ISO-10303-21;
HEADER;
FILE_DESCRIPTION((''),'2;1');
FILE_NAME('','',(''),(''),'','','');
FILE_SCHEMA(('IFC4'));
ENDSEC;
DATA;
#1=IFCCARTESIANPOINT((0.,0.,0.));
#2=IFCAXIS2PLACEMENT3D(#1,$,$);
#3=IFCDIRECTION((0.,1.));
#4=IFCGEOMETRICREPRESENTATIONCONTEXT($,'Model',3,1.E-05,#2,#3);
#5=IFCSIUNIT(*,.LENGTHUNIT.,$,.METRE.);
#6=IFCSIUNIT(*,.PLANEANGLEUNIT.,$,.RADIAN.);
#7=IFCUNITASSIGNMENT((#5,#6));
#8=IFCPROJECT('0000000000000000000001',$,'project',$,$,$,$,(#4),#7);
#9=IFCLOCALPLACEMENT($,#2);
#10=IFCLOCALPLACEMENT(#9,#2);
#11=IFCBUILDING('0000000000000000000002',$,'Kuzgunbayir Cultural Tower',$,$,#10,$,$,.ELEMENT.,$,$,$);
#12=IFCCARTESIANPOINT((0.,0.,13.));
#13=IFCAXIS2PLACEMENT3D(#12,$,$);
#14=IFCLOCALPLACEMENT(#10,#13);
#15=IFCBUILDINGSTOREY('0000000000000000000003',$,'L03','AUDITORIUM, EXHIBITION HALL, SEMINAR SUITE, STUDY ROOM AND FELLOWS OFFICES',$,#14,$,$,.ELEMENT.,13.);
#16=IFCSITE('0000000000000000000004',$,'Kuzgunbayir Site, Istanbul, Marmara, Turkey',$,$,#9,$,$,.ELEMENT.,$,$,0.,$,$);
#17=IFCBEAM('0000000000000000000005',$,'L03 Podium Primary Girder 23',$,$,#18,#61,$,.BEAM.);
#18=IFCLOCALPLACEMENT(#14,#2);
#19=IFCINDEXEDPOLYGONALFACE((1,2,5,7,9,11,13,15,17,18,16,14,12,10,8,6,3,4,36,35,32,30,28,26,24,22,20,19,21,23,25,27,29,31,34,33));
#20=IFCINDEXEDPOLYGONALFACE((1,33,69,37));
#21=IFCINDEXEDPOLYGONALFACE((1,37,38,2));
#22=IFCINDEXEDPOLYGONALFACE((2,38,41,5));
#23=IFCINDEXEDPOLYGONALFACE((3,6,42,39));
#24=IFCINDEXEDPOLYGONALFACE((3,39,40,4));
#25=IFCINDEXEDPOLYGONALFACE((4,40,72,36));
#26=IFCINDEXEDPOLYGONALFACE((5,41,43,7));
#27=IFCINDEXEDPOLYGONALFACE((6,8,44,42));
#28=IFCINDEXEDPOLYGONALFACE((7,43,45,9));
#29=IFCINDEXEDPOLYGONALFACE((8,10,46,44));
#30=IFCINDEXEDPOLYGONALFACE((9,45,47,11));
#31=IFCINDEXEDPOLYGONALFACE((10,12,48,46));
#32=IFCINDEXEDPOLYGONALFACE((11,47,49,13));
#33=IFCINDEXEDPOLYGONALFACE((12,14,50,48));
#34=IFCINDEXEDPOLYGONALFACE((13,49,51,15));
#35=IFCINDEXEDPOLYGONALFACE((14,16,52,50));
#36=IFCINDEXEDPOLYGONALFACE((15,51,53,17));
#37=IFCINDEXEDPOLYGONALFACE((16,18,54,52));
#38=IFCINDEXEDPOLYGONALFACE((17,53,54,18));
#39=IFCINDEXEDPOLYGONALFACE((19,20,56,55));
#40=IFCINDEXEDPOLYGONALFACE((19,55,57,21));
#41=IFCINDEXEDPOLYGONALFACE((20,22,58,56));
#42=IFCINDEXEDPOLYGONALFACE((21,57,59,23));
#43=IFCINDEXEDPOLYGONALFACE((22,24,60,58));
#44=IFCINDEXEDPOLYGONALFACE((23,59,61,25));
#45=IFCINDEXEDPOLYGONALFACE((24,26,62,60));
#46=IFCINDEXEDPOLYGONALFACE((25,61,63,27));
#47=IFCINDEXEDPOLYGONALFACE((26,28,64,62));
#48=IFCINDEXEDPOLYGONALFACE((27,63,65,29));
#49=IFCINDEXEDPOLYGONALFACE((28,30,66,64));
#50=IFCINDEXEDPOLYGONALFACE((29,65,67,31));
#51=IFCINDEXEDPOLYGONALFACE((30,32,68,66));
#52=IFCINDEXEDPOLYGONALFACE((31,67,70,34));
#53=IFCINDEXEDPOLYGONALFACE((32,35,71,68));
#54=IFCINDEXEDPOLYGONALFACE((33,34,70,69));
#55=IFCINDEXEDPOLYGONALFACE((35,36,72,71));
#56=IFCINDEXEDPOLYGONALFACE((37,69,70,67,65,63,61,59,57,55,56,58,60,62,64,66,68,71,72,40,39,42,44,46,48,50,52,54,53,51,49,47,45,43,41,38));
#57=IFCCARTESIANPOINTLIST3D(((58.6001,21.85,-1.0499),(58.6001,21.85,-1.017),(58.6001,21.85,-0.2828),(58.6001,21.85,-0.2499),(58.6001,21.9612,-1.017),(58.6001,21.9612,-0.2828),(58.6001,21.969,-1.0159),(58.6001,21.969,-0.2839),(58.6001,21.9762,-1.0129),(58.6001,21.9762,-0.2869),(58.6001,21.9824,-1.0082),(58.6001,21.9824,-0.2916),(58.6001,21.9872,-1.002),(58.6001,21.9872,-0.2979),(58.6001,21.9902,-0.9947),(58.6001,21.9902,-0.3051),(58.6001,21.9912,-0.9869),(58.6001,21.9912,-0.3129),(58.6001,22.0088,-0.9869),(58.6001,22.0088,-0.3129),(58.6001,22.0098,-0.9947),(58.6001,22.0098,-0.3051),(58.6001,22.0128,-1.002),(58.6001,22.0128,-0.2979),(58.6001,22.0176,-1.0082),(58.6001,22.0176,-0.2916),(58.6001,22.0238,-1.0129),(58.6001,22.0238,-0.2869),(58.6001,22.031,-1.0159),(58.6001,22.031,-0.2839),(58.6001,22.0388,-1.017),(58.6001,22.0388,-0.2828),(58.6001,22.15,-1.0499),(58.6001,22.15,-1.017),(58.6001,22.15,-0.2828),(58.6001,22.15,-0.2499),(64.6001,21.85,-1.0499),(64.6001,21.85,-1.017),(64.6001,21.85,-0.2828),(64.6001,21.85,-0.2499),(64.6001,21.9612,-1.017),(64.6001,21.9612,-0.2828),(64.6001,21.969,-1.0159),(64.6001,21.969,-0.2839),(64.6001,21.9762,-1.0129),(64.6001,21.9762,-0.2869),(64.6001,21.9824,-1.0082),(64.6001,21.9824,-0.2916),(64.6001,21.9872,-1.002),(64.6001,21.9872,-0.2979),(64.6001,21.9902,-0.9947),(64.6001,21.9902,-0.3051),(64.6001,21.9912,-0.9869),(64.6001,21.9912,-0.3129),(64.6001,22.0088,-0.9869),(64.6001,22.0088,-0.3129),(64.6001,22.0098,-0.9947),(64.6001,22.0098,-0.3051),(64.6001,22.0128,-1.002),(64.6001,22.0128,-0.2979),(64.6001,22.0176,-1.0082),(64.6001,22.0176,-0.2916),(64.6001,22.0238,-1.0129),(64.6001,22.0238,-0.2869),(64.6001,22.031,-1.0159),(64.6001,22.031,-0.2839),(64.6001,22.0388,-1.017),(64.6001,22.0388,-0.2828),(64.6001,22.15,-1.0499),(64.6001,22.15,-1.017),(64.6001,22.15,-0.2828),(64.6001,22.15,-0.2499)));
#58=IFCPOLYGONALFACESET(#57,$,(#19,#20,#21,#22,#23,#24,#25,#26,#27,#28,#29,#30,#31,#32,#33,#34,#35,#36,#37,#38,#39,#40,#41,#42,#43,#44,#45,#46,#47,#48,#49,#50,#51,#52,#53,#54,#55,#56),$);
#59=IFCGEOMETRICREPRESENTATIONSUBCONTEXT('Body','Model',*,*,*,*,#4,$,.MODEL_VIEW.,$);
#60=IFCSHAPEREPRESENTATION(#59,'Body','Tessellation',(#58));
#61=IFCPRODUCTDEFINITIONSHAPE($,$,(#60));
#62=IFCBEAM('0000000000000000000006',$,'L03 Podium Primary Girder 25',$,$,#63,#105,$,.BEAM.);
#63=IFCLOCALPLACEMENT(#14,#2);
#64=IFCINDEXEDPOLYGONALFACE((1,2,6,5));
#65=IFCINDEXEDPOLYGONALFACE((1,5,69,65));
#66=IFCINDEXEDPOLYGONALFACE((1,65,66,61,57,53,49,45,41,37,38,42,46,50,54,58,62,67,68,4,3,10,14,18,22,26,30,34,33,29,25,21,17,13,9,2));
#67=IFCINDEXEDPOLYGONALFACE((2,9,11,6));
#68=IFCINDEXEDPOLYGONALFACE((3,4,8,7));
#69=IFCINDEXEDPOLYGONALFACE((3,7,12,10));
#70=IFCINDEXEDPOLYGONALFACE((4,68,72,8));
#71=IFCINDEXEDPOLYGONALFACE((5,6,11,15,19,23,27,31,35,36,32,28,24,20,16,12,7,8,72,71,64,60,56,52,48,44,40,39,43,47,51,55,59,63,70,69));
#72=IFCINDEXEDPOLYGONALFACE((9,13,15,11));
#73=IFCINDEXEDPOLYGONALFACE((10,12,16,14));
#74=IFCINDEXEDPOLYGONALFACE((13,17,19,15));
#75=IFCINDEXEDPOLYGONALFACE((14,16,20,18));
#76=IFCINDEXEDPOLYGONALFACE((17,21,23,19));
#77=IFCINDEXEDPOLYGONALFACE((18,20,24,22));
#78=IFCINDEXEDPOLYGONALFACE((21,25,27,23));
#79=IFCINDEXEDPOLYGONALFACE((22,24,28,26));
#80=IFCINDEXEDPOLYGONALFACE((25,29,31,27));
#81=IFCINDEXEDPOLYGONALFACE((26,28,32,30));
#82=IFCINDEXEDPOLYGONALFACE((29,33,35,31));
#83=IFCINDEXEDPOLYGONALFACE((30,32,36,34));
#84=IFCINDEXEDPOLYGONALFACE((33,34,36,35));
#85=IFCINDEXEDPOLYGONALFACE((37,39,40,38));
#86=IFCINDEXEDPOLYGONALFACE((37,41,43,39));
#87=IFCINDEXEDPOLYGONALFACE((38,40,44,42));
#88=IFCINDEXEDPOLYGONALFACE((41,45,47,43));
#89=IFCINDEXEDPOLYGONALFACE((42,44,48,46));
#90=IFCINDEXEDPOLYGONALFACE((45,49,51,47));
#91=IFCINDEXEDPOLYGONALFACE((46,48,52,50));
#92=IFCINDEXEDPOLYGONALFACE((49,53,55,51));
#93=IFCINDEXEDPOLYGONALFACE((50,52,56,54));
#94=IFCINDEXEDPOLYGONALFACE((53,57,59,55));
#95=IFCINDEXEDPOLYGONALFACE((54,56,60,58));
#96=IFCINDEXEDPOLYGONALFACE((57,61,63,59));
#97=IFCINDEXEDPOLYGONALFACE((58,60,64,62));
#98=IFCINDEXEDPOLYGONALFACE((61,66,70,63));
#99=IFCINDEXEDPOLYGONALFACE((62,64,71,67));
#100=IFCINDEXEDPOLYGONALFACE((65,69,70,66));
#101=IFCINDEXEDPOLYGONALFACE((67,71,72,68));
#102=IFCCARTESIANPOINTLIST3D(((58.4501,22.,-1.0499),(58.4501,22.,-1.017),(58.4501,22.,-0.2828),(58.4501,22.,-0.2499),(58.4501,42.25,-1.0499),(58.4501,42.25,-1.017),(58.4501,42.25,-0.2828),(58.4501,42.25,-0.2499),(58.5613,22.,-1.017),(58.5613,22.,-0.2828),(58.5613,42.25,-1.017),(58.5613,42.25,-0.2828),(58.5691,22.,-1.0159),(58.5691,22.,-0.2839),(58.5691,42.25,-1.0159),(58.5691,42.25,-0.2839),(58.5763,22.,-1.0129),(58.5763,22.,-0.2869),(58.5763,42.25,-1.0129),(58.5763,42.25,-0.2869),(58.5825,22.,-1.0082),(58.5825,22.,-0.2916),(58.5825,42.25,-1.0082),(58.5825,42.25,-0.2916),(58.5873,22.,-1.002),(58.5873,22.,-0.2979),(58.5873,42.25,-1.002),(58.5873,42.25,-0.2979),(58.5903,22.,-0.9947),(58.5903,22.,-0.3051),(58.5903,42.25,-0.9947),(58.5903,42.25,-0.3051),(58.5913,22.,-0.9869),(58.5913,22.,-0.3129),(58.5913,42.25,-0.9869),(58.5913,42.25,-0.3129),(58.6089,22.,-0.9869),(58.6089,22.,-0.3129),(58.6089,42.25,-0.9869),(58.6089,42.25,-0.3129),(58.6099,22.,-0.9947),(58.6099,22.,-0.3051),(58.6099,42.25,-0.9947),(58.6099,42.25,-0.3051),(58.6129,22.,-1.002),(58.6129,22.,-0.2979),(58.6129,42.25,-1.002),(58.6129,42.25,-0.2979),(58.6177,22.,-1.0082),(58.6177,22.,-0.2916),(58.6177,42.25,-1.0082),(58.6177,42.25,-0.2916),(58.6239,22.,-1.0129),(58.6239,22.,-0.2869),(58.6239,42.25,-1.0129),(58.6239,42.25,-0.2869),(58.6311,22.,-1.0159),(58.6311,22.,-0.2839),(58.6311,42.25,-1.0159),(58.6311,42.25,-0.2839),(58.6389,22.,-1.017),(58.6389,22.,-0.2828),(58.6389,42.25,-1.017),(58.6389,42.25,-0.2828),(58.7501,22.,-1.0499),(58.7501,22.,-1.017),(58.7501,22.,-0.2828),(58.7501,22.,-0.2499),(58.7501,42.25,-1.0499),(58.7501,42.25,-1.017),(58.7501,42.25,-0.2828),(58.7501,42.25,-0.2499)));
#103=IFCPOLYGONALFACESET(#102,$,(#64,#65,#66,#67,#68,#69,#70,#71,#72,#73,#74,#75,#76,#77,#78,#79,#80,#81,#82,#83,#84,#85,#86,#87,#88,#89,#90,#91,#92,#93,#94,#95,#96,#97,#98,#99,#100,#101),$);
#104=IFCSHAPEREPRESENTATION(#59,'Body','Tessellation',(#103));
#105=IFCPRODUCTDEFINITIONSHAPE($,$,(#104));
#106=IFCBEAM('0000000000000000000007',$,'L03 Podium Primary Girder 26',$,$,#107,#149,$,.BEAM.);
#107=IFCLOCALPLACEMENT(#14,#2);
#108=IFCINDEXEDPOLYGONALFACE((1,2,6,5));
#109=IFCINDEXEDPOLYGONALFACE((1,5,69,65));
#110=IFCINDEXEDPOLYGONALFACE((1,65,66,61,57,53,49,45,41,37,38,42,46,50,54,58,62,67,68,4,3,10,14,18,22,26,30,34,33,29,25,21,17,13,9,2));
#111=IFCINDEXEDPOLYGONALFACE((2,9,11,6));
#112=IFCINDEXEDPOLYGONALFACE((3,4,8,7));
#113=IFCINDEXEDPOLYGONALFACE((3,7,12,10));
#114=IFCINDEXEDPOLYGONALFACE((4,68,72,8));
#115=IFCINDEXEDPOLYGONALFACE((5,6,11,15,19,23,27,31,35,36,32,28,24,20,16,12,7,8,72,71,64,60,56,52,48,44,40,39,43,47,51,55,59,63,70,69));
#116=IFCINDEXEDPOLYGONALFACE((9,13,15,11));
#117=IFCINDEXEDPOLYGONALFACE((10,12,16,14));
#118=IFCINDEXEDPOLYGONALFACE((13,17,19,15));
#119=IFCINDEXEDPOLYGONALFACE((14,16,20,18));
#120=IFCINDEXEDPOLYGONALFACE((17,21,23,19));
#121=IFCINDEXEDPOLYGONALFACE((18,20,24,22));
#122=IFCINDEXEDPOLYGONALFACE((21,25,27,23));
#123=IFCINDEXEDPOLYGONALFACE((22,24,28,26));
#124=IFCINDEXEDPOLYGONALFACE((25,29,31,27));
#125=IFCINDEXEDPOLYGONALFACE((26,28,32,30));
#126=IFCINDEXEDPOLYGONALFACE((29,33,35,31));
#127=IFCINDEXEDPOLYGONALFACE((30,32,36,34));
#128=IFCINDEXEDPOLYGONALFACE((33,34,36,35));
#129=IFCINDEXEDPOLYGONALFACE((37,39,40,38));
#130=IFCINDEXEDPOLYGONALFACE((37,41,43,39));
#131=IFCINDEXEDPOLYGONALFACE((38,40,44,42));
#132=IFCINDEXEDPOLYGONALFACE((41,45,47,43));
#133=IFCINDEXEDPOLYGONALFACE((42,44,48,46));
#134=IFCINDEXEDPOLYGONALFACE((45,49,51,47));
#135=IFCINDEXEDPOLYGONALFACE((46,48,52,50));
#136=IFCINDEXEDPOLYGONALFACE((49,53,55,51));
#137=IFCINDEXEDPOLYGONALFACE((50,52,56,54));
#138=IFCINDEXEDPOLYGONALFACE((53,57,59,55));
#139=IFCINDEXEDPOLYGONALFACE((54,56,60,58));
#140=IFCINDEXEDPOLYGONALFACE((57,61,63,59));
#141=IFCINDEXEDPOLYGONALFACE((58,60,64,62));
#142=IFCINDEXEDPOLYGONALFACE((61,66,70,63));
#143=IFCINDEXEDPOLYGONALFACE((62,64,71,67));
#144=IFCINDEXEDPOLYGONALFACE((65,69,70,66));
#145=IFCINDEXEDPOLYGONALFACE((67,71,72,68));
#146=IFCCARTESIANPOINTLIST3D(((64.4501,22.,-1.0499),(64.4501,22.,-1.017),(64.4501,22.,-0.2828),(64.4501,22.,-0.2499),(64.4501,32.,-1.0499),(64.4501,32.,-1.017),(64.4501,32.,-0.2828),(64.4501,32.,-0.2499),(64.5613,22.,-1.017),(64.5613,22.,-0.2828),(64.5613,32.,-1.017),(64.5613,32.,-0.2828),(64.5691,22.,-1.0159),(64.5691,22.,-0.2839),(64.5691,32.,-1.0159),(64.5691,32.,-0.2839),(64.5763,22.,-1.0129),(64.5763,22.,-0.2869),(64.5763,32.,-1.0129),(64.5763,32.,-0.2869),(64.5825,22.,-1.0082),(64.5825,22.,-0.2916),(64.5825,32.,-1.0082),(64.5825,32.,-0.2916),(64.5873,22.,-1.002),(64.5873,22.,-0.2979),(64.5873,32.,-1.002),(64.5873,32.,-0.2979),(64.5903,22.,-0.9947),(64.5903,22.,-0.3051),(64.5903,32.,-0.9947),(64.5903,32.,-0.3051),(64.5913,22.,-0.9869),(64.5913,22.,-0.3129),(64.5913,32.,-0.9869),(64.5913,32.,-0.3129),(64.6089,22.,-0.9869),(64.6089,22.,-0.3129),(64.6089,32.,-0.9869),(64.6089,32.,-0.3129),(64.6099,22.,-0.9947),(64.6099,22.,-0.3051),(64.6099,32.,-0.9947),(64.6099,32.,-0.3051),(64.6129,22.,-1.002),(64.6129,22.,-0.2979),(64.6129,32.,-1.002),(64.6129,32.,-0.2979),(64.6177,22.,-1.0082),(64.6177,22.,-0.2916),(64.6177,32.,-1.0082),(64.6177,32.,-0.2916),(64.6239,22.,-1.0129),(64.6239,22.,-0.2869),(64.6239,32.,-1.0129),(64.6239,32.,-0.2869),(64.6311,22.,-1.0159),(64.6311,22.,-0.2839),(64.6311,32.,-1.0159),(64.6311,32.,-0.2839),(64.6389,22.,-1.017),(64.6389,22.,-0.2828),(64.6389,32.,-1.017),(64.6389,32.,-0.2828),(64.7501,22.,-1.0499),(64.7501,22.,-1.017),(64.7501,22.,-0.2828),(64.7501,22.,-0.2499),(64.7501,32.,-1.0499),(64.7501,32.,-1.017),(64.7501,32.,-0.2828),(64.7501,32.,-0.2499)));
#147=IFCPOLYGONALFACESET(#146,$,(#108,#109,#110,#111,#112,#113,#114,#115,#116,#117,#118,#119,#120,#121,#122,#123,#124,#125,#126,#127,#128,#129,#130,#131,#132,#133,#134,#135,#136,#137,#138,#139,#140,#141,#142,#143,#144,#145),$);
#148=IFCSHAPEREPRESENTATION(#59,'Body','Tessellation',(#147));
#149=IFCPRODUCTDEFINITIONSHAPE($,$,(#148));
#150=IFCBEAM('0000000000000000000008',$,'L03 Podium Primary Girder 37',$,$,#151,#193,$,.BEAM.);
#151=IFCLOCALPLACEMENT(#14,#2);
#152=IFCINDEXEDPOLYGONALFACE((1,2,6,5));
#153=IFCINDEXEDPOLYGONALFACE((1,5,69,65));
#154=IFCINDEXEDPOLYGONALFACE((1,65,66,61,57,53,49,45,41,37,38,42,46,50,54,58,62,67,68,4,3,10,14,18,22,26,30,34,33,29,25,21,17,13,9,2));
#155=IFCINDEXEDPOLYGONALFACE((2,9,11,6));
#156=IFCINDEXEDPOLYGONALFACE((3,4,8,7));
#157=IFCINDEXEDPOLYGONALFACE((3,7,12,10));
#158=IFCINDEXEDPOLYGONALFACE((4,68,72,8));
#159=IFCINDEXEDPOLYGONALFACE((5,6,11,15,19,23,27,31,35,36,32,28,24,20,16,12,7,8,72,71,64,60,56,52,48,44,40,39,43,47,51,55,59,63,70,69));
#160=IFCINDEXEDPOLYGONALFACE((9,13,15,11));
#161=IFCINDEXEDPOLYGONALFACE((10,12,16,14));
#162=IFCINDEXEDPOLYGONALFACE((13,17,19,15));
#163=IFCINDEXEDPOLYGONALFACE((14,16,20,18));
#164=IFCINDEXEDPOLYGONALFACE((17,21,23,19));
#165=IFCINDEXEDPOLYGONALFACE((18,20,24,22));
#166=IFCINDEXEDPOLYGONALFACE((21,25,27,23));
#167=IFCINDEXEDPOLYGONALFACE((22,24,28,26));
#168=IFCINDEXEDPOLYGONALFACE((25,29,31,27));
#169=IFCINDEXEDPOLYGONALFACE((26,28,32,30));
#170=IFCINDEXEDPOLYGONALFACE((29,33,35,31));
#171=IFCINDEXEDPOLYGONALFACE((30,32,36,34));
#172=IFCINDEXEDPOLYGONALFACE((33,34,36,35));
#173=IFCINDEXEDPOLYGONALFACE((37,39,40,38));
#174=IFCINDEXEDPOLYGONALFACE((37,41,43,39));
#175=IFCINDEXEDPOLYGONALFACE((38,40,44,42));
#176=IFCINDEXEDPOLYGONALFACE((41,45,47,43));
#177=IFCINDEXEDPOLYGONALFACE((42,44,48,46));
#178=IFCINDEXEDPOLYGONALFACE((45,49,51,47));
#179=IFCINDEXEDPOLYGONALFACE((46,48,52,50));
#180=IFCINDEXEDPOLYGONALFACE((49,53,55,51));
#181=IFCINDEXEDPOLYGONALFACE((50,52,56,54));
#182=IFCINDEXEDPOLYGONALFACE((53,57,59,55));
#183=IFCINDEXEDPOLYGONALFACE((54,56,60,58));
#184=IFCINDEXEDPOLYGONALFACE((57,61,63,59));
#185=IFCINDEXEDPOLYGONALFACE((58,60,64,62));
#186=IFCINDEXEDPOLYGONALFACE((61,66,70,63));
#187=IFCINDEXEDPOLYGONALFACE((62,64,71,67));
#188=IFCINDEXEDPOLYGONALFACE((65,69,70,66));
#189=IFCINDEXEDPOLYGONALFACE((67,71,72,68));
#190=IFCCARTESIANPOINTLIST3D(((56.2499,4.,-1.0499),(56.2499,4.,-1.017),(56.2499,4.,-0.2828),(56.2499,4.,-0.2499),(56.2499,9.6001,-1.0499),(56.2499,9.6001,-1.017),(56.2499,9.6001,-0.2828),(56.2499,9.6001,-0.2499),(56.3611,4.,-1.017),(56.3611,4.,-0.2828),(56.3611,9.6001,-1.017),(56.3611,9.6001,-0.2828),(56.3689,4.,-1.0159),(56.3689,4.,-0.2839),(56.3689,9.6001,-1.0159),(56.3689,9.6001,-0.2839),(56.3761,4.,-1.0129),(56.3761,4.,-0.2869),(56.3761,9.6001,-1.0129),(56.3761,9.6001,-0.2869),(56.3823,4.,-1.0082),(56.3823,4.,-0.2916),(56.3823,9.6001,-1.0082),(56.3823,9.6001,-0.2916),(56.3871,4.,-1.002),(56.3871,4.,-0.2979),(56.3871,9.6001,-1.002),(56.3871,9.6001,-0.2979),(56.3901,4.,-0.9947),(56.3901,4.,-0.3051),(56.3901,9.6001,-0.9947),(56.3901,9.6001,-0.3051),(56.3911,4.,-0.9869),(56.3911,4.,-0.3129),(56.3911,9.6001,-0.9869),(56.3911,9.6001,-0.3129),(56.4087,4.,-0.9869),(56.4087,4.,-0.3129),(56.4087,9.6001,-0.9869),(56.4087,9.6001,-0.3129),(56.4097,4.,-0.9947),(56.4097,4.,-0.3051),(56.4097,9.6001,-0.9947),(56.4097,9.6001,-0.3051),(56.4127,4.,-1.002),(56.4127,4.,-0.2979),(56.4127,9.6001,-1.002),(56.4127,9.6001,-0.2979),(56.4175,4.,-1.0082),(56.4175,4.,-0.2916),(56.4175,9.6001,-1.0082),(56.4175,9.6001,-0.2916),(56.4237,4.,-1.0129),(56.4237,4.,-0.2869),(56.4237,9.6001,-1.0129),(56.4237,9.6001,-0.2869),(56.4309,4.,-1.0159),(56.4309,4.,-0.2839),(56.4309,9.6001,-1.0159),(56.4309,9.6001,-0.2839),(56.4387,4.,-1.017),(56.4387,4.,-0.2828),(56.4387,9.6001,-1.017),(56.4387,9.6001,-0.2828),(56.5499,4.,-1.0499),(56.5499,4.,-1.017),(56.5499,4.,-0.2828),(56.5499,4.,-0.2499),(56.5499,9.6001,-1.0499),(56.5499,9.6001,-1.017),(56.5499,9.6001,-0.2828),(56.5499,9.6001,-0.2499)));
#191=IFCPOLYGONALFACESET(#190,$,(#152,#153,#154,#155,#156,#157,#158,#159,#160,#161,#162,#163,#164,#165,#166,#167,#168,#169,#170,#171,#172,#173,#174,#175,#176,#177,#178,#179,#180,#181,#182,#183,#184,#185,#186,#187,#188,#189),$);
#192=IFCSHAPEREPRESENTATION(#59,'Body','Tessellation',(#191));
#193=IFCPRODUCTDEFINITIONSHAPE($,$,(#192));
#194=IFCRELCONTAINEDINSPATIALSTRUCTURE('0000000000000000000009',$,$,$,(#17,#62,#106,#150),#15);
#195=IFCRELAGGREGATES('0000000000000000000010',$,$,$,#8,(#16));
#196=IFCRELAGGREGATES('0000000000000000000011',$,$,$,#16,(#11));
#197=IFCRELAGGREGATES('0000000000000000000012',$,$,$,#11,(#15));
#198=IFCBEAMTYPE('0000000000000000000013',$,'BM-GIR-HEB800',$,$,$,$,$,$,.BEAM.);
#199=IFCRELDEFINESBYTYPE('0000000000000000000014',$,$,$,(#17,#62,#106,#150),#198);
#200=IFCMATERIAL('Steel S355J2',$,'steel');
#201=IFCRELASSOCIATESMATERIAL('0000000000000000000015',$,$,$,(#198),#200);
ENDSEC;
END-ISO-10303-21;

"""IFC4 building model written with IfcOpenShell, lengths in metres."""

from ifc_helpers import new_model, si_unit, direction, frame, origin, origin_2d, place, context, subcontext, project, spatial, i_section, extrude, material, material_profile, profile_set, type_object, element, save


model = new_model("IFC4")

# Units and contexts
model_context = context("Model", 3, precision=1e-05, world=origin(), true_north=direction((0.0, 1.0)))
body_context = subcontext(model_context, "Body", "Model", "MODEL_VIEW")
ifc_project = project(units=[si_unit("LENGTHUNIT", "METRE"), si_unit("PLANEANGLEUNIT", "RADIAN")], contexts=[model_context])

# Site, building, storey
site_placement = place(None, origin())
site = spatial("IfcSite", under=ifc_project, at=site_placement, Name="Kuzgunbayir Site, Istanbul, Marmara, Turkey", CompositionType="ELEMENT", RefElevation=0.0)
building_placement = place(site_placement, origin())
building = spatial("IfcBuilding", under=site, at=building_placement, Name="Kuzgunbayir Cultural Tower", CompositionType="ELEMENT")
storey_placement = place(building_placement, frame((0.0, 0.0, 13.0)))
storey = spatial("IfcBuildingStorey", under=building, at=storey_placement, Name="L03", Description="AUDITORIUM, EXHIBITION HALL, SEMINAR SUITE, STUDY ROOM AND FELLOWS OFFICES", CompositionType="ELEMENT", Elevation=13.0)

# Beams
ifc_material_1 = material(Name="Steel S355J2", Category="steel")
ifc_material_profile_1 = material_profile(ifc_material_1, i_section(OverallWidth=0.3, OverallDepth=0.8, WebThickness=0.0176, FlangeThickness=0.033, FilletRadius=0.03, at=origin_2d()), Name="HEB 800")
ifc_profile_set_1 = profile_set([ifc_material_profile_1], Name="Steel S355J2")
beam_type = type_object("IfcBeamType", Name="BM-GIR-HEB800", PredefinedType="BEAM", material=ifc_profile_set_1)
beam_1_placement = place(storey_placement, frame((58.6001, 22.0, -0.6499), z_axis=(1.0, 0.0, 0.0), x_axis=(0.0, 1.0, 0.0)))
element("IfcBeam", 1, at=beam_1_placement, inside=storey, type_object=beam_type, Name="L03 Podium Primary Girder 23", PredefinedType="BEAM", context=body_context, shape_type="SweptSolid", body=[
    extrude(i_section(OverallWidth=0.3, OverallDepth=0.8, WebThickness=0.0176, FlangeThickness=0.033, FilletRadius=0.03, at=origin_2d()), origin(), (0.0, 0.0, 1.0), 6.0),
])
beam_2_placement = place(storey_placement, frame((58.6001, 22.0, -0.6499), z_axis=(0.0, 1.0, 0.0), x_axis=(-1.0, 0.0, 0.0)))
element("IfcBeam", 2, at=beam_2_placement, inside=storey, type_object=beam_type, Name="L03 Podium Primary Girder 25", PredefinedType="BEAM", context=body_context, shape_type="SweptSolid", body=[
    extrude(i_section(OverallWidth=0.3, OverallDepth=0.8, WebThickness=0.0176, FlangeThickness=0.033, FilletRadius=0.03, at=origin_2d()), origin(), (0.0, 0.0, 1.0), 20.25),
])
beam_3_placement = place(storey_placement, frame((64.6001, 22.0, -0.6499), z_axis=(0.0, 1.0, 0.0), x_axis=(-1.0, 0.0, 0.0)))
element("IfcBeam", 3, at=beam_3_placement, inside=storey, type_object=beam_type, Name="L03 Podium Primary Girder 26", PredefinedType="BEAM", context=body_context, shape_type="SweptSolid", body=[
    extrude(i_section(OverallWidth=0.3, OverallDepth=0.8, WebThickness=0.0176, FlangeThickness=0.033, FilletRadius=0.03, at=origin_2d()), origin(), (0.0, 0.0, 1.0), 10.0),
])
for number, where, z_axis, x_axis, name in (
    (4, (56.3999, 4.0, -0.6499), (0.0, 1.0, 0.0), (-1.0, 0.0, 0.0), "L03 Podium Primary Girder 37"),
):
    element("IfcBeam", number, at=place(storey_placement, frame(where, z_axis=z_axis, x_axis=x_axis)), inside=storey, type_object=beam_type, Name=name, PredefinedType="BEAM", context=body_context, shape_type="SweptSolid", body=[
        extrude(i_section(OverallWidth=0.3, OverallDepth=0.8, WebThickness=0.0176, FlangeThickness=0.033, FilletRadius=0.03, at=origin_2d()), origin(), (0.0, 0.0, 1.0), 5.6001),
    ])

save(model, "model.ifc")
